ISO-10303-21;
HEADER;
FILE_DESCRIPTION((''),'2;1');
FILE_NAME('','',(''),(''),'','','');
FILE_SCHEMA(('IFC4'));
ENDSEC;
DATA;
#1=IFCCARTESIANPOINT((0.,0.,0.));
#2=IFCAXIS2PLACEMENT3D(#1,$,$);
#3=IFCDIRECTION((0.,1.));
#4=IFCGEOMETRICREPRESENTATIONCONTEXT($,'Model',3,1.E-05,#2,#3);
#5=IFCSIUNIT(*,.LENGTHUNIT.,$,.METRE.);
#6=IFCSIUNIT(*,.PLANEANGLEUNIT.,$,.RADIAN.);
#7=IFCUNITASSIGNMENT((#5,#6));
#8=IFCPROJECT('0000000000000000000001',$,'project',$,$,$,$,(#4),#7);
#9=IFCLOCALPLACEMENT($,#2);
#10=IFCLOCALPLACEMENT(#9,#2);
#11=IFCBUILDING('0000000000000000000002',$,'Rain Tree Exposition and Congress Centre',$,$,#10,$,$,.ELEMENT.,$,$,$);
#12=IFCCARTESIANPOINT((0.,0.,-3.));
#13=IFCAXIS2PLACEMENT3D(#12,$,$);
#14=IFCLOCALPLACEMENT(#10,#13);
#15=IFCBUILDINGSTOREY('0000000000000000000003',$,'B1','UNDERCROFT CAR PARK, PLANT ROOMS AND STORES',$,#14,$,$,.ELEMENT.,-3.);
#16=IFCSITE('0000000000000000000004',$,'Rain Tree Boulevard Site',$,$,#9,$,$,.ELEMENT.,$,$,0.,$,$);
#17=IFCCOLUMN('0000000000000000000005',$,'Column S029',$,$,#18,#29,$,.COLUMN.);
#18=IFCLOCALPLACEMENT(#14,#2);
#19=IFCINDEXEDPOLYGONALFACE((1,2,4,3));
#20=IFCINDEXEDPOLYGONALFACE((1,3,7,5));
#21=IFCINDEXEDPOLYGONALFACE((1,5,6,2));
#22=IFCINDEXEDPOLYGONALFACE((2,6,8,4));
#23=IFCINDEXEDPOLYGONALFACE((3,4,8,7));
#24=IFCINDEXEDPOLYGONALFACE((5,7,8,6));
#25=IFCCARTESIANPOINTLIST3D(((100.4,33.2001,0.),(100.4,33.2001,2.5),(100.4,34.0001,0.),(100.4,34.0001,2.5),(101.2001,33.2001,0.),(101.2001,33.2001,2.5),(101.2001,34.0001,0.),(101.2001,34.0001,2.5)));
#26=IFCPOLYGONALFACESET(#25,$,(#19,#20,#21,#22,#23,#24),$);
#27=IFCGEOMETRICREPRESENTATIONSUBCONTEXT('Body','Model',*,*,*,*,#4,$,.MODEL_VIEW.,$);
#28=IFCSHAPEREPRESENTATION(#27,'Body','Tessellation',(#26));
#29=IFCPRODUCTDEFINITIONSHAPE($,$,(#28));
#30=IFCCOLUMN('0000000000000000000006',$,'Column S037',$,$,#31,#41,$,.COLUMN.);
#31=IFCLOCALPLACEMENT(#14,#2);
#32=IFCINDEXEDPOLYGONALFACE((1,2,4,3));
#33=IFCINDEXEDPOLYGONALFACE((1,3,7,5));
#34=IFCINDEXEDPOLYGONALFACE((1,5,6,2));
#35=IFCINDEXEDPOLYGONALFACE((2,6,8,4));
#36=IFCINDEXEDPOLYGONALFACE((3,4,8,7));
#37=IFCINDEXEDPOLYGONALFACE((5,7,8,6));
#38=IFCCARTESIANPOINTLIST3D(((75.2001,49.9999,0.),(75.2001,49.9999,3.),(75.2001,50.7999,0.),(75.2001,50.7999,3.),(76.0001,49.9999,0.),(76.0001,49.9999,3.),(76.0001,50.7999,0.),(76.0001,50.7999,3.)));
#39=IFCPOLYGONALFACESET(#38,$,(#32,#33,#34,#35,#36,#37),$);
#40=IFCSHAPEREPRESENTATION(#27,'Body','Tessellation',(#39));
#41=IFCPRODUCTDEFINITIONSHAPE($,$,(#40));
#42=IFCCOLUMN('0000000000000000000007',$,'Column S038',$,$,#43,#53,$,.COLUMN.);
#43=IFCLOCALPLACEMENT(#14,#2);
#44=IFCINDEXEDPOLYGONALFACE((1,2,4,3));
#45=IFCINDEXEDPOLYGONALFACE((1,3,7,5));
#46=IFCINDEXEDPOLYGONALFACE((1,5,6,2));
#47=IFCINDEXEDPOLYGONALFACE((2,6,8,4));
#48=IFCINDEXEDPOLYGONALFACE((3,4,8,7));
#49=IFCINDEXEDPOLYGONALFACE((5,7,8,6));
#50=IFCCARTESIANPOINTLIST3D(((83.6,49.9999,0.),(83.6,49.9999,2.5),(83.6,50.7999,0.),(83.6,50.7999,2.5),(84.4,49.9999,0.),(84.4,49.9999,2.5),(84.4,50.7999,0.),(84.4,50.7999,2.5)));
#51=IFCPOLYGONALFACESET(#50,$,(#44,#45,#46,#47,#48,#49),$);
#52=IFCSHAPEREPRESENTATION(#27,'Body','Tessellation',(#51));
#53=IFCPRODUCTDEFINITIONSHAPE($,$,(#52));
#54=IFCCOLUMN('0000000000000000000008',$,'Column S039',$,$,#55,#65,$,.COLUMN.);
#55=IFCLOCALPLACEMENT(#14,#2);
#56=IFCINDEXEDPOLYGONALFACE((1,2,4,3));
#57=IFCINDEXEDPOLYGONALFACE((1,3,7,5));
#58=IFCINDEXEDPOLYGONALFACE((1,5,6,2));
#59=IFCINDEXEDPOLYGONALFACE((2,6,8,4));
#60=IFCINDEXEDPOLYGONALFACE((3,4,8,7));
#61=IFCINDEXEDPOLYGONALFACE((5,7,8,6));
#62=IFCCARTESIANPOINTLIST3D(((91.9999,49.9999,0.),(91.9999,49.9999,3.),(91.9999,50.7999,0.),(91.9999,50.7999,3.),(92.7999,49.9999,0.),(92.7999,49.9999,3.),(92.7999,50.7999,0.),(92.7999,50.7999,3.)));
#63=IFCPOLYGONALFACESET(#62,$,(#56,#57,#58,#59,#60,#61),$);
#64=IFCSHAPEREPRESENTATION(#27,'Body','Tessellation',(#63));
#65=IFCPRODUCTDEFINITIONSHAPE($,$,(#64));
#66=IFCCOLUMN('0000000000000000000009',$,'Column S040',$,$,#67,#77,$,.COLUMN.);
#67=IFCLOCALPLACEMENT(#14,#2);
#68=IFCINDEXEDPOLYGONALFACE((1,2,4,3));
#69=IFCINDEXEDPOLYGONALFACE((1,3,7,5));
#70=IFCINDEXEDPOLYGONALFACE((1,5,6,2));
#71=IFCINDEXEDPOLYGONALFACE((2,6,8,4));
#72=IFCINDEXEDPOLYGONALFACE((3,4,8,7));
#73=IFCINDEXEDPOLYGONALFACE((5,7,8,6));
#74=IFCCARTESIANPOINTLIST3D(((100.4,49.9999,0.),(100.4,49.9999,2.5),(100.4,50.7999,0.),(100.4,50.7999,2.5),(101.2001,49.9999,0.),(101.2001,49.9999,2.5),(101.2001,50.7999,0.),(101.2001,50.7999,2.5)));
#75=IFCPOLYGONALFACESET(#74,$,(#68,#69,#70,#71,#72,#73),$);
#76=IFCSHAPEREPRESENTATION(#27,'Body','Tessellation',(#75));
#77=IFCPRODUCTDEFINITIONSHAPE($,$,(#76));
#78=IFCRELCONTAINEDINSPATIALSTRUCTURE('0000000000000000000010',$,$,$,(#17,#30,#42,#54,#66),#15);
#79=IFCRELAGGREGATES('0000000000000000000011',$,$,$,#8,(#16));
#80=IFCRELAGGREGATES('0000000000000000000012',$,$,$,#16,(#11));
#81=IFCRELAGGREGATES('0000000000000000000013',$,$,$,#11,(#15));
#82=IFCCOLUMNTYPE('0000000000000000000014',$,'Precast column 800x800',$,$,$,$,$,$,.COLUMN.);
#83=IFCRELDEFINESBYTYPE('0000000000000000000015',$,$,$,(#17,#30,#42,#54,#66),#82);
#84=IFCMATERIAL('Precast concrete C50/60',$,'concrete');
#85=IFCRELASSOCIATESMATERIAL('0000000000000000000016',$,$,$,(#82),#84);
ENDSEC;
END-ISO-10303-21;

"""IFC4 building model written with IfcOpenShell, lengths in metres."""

from ifc_helpers import new_model, si_unit, direction, frame, origin, origin_2d, place, context, subcontext, project, spatial, rectangle, extrude, material, material_profile, profile_set, type_object, element, save


model = new_model("IFC4")

# Units and contexts
model_context = context("Model", 3, precision=1e-05, world=origin(), true_north=direction((0.0, 1.0)))
body_context = subcontext(model_context, "Body", "Model", "MODEL_VIEW")
ifc_project = project(units=[si_unit("LENGTHUNIT", "METRE"), si_unit("PLANEANGLEUNIT", "RADIAN")], contexts=[model_context])

# Site, building, storey
site_placement = place(None, origin())
site = spatial("IfcSite", under=ifc_project, at=site_placement, Name="Rain Tree Boulevard Site", CompositionType="ELEMENT", RefElevation=0.0)
building_placement = place(site_placement, origin())
building = spatial("IfcBuilding", under=site, at=building_placement, Name="Rain Tree Exposition and Congress Centre", CompositionType="ELEMENT")
storey_placement = place(building_placement, frame((0.0, 0.0, -3.0)))
storey = spatial("IfcBuildingStorey", under=building, at=storey_placement, Name="B1", Description="UNDERCROFT CAR PARK, PLANT ROOMS AND STORES", CompositionType="ELEMENT", Elevation=-3.0)

# Columns
ifc_material_1 = material(Name="Precast concrete C50/60", Category="concrete")
ifc_material_profile_1 = material_profile(ifc_material_1, rectangle(XDim=0.8, YDim=0.8, at=origin_2d()), Name="RC 800x800")
ifc_profile_set_1 = profile_set([ifc_material_profile_1], Name="Precast concrete C50/60")
column_type = type_object("IfcColumnType", Name="Precast column 800x800", PredefinedType="COLUMN", material=ifc_profile_set_1)
for number, where, z_axis, x_axis, name in (
    (1, (100.8, 33.6001, 0.0), (0.0, 0.0, 1.0), (1.0, 0.0, 0.0), "Column S029"),
):
    element("IfcColumn", number, at=place(storey_placement, frame(where, z_axis=z_axis, x_axis=x_axis)), inside=storey, type_object=column_type, Name=name, PredefinedType="COLUMN", context=body_context, shape_type="SweptSolid", body=[
        extrude(rectangle(XDim=0.8, YDim=0.8, at=origin_2d()), origin(), (0.0, 0.0, 1.0), 2.5),
    ])
column_1_placement = place(storey_placement, frame((75.6001, 50.3999, 0.0), z_axis=(0.0, 0.0, 1.0), x_axis=(1.0, 0.0, 0.0)))
element("IfcColumn", 2, at=column_1_placement, inside=storey, type_object=column_type, Name="Column S037", PredefinedType="COLUMN", context=body_context, shape_type="SweptSolid", body=[
    extrude(rectangle(XDim=0.8, YDim=0.8, at=origin_2d()), origin(), (0.0, 0.0, 1.0), 3.0),
])
column_2_placement = place(storey_placement, frame((84.0, 50.3999, 0.0), z_axis=(0.0, 0.0, 1.0), x_axis=(1.0, 0.0, 0.0)))
element("IfcColumn", 3, at=column_2_placement, inside=storey, type_object=column_type, Name="Column S038", PredefinedType="COLUMN", context=body_context, shape_type="SweptSolid", body=[
    extrude(rectangle(XDim=0.8, YDim=0.8, at=origin_2d()), origin(), (0.0, 0.0, 1.0), 2.5),
])
column_3_placement = place(storey_placement, frame((92.3999, 50.3999, 0.0), z_axis=(0.0, 0.0, 1.0), x_axis=(1.0, 0.0, 0.0)))
element("IfcColumn", 4, at=column_3_placement, inside=storey, type_object=column_type, Name="Column S039", PredefinedType="COLUMN", context=body_context, shape_type="SweptSolid", body=[
    extrude(rectangle(XDim=0.8, YDim=0.8, at=origin_2d()), origin(), (0.0, 0.0, 1.0), 3.0),
])
column_4_placement = place(storey_placement, frame((100.8, 50.3999, 0.0), z_axis=(0.0, 0.0, 1.0), x_axis=(1.0, 0.0, 0.0)))
element("IfcColumn", 5, at=column_4_placement, inside=storey, type_object=column_type, Name="Column S040", PredefinedType="COLUMN", context=body_context, shape_type="SweptSolid", body=[
    extrude(rectangle(XDim=0.8, YDim=0.8, at=origin_2d()), origin(), (0.0, 0.0, 1.0), 2.5),
])

save(model, "model.ifc")
